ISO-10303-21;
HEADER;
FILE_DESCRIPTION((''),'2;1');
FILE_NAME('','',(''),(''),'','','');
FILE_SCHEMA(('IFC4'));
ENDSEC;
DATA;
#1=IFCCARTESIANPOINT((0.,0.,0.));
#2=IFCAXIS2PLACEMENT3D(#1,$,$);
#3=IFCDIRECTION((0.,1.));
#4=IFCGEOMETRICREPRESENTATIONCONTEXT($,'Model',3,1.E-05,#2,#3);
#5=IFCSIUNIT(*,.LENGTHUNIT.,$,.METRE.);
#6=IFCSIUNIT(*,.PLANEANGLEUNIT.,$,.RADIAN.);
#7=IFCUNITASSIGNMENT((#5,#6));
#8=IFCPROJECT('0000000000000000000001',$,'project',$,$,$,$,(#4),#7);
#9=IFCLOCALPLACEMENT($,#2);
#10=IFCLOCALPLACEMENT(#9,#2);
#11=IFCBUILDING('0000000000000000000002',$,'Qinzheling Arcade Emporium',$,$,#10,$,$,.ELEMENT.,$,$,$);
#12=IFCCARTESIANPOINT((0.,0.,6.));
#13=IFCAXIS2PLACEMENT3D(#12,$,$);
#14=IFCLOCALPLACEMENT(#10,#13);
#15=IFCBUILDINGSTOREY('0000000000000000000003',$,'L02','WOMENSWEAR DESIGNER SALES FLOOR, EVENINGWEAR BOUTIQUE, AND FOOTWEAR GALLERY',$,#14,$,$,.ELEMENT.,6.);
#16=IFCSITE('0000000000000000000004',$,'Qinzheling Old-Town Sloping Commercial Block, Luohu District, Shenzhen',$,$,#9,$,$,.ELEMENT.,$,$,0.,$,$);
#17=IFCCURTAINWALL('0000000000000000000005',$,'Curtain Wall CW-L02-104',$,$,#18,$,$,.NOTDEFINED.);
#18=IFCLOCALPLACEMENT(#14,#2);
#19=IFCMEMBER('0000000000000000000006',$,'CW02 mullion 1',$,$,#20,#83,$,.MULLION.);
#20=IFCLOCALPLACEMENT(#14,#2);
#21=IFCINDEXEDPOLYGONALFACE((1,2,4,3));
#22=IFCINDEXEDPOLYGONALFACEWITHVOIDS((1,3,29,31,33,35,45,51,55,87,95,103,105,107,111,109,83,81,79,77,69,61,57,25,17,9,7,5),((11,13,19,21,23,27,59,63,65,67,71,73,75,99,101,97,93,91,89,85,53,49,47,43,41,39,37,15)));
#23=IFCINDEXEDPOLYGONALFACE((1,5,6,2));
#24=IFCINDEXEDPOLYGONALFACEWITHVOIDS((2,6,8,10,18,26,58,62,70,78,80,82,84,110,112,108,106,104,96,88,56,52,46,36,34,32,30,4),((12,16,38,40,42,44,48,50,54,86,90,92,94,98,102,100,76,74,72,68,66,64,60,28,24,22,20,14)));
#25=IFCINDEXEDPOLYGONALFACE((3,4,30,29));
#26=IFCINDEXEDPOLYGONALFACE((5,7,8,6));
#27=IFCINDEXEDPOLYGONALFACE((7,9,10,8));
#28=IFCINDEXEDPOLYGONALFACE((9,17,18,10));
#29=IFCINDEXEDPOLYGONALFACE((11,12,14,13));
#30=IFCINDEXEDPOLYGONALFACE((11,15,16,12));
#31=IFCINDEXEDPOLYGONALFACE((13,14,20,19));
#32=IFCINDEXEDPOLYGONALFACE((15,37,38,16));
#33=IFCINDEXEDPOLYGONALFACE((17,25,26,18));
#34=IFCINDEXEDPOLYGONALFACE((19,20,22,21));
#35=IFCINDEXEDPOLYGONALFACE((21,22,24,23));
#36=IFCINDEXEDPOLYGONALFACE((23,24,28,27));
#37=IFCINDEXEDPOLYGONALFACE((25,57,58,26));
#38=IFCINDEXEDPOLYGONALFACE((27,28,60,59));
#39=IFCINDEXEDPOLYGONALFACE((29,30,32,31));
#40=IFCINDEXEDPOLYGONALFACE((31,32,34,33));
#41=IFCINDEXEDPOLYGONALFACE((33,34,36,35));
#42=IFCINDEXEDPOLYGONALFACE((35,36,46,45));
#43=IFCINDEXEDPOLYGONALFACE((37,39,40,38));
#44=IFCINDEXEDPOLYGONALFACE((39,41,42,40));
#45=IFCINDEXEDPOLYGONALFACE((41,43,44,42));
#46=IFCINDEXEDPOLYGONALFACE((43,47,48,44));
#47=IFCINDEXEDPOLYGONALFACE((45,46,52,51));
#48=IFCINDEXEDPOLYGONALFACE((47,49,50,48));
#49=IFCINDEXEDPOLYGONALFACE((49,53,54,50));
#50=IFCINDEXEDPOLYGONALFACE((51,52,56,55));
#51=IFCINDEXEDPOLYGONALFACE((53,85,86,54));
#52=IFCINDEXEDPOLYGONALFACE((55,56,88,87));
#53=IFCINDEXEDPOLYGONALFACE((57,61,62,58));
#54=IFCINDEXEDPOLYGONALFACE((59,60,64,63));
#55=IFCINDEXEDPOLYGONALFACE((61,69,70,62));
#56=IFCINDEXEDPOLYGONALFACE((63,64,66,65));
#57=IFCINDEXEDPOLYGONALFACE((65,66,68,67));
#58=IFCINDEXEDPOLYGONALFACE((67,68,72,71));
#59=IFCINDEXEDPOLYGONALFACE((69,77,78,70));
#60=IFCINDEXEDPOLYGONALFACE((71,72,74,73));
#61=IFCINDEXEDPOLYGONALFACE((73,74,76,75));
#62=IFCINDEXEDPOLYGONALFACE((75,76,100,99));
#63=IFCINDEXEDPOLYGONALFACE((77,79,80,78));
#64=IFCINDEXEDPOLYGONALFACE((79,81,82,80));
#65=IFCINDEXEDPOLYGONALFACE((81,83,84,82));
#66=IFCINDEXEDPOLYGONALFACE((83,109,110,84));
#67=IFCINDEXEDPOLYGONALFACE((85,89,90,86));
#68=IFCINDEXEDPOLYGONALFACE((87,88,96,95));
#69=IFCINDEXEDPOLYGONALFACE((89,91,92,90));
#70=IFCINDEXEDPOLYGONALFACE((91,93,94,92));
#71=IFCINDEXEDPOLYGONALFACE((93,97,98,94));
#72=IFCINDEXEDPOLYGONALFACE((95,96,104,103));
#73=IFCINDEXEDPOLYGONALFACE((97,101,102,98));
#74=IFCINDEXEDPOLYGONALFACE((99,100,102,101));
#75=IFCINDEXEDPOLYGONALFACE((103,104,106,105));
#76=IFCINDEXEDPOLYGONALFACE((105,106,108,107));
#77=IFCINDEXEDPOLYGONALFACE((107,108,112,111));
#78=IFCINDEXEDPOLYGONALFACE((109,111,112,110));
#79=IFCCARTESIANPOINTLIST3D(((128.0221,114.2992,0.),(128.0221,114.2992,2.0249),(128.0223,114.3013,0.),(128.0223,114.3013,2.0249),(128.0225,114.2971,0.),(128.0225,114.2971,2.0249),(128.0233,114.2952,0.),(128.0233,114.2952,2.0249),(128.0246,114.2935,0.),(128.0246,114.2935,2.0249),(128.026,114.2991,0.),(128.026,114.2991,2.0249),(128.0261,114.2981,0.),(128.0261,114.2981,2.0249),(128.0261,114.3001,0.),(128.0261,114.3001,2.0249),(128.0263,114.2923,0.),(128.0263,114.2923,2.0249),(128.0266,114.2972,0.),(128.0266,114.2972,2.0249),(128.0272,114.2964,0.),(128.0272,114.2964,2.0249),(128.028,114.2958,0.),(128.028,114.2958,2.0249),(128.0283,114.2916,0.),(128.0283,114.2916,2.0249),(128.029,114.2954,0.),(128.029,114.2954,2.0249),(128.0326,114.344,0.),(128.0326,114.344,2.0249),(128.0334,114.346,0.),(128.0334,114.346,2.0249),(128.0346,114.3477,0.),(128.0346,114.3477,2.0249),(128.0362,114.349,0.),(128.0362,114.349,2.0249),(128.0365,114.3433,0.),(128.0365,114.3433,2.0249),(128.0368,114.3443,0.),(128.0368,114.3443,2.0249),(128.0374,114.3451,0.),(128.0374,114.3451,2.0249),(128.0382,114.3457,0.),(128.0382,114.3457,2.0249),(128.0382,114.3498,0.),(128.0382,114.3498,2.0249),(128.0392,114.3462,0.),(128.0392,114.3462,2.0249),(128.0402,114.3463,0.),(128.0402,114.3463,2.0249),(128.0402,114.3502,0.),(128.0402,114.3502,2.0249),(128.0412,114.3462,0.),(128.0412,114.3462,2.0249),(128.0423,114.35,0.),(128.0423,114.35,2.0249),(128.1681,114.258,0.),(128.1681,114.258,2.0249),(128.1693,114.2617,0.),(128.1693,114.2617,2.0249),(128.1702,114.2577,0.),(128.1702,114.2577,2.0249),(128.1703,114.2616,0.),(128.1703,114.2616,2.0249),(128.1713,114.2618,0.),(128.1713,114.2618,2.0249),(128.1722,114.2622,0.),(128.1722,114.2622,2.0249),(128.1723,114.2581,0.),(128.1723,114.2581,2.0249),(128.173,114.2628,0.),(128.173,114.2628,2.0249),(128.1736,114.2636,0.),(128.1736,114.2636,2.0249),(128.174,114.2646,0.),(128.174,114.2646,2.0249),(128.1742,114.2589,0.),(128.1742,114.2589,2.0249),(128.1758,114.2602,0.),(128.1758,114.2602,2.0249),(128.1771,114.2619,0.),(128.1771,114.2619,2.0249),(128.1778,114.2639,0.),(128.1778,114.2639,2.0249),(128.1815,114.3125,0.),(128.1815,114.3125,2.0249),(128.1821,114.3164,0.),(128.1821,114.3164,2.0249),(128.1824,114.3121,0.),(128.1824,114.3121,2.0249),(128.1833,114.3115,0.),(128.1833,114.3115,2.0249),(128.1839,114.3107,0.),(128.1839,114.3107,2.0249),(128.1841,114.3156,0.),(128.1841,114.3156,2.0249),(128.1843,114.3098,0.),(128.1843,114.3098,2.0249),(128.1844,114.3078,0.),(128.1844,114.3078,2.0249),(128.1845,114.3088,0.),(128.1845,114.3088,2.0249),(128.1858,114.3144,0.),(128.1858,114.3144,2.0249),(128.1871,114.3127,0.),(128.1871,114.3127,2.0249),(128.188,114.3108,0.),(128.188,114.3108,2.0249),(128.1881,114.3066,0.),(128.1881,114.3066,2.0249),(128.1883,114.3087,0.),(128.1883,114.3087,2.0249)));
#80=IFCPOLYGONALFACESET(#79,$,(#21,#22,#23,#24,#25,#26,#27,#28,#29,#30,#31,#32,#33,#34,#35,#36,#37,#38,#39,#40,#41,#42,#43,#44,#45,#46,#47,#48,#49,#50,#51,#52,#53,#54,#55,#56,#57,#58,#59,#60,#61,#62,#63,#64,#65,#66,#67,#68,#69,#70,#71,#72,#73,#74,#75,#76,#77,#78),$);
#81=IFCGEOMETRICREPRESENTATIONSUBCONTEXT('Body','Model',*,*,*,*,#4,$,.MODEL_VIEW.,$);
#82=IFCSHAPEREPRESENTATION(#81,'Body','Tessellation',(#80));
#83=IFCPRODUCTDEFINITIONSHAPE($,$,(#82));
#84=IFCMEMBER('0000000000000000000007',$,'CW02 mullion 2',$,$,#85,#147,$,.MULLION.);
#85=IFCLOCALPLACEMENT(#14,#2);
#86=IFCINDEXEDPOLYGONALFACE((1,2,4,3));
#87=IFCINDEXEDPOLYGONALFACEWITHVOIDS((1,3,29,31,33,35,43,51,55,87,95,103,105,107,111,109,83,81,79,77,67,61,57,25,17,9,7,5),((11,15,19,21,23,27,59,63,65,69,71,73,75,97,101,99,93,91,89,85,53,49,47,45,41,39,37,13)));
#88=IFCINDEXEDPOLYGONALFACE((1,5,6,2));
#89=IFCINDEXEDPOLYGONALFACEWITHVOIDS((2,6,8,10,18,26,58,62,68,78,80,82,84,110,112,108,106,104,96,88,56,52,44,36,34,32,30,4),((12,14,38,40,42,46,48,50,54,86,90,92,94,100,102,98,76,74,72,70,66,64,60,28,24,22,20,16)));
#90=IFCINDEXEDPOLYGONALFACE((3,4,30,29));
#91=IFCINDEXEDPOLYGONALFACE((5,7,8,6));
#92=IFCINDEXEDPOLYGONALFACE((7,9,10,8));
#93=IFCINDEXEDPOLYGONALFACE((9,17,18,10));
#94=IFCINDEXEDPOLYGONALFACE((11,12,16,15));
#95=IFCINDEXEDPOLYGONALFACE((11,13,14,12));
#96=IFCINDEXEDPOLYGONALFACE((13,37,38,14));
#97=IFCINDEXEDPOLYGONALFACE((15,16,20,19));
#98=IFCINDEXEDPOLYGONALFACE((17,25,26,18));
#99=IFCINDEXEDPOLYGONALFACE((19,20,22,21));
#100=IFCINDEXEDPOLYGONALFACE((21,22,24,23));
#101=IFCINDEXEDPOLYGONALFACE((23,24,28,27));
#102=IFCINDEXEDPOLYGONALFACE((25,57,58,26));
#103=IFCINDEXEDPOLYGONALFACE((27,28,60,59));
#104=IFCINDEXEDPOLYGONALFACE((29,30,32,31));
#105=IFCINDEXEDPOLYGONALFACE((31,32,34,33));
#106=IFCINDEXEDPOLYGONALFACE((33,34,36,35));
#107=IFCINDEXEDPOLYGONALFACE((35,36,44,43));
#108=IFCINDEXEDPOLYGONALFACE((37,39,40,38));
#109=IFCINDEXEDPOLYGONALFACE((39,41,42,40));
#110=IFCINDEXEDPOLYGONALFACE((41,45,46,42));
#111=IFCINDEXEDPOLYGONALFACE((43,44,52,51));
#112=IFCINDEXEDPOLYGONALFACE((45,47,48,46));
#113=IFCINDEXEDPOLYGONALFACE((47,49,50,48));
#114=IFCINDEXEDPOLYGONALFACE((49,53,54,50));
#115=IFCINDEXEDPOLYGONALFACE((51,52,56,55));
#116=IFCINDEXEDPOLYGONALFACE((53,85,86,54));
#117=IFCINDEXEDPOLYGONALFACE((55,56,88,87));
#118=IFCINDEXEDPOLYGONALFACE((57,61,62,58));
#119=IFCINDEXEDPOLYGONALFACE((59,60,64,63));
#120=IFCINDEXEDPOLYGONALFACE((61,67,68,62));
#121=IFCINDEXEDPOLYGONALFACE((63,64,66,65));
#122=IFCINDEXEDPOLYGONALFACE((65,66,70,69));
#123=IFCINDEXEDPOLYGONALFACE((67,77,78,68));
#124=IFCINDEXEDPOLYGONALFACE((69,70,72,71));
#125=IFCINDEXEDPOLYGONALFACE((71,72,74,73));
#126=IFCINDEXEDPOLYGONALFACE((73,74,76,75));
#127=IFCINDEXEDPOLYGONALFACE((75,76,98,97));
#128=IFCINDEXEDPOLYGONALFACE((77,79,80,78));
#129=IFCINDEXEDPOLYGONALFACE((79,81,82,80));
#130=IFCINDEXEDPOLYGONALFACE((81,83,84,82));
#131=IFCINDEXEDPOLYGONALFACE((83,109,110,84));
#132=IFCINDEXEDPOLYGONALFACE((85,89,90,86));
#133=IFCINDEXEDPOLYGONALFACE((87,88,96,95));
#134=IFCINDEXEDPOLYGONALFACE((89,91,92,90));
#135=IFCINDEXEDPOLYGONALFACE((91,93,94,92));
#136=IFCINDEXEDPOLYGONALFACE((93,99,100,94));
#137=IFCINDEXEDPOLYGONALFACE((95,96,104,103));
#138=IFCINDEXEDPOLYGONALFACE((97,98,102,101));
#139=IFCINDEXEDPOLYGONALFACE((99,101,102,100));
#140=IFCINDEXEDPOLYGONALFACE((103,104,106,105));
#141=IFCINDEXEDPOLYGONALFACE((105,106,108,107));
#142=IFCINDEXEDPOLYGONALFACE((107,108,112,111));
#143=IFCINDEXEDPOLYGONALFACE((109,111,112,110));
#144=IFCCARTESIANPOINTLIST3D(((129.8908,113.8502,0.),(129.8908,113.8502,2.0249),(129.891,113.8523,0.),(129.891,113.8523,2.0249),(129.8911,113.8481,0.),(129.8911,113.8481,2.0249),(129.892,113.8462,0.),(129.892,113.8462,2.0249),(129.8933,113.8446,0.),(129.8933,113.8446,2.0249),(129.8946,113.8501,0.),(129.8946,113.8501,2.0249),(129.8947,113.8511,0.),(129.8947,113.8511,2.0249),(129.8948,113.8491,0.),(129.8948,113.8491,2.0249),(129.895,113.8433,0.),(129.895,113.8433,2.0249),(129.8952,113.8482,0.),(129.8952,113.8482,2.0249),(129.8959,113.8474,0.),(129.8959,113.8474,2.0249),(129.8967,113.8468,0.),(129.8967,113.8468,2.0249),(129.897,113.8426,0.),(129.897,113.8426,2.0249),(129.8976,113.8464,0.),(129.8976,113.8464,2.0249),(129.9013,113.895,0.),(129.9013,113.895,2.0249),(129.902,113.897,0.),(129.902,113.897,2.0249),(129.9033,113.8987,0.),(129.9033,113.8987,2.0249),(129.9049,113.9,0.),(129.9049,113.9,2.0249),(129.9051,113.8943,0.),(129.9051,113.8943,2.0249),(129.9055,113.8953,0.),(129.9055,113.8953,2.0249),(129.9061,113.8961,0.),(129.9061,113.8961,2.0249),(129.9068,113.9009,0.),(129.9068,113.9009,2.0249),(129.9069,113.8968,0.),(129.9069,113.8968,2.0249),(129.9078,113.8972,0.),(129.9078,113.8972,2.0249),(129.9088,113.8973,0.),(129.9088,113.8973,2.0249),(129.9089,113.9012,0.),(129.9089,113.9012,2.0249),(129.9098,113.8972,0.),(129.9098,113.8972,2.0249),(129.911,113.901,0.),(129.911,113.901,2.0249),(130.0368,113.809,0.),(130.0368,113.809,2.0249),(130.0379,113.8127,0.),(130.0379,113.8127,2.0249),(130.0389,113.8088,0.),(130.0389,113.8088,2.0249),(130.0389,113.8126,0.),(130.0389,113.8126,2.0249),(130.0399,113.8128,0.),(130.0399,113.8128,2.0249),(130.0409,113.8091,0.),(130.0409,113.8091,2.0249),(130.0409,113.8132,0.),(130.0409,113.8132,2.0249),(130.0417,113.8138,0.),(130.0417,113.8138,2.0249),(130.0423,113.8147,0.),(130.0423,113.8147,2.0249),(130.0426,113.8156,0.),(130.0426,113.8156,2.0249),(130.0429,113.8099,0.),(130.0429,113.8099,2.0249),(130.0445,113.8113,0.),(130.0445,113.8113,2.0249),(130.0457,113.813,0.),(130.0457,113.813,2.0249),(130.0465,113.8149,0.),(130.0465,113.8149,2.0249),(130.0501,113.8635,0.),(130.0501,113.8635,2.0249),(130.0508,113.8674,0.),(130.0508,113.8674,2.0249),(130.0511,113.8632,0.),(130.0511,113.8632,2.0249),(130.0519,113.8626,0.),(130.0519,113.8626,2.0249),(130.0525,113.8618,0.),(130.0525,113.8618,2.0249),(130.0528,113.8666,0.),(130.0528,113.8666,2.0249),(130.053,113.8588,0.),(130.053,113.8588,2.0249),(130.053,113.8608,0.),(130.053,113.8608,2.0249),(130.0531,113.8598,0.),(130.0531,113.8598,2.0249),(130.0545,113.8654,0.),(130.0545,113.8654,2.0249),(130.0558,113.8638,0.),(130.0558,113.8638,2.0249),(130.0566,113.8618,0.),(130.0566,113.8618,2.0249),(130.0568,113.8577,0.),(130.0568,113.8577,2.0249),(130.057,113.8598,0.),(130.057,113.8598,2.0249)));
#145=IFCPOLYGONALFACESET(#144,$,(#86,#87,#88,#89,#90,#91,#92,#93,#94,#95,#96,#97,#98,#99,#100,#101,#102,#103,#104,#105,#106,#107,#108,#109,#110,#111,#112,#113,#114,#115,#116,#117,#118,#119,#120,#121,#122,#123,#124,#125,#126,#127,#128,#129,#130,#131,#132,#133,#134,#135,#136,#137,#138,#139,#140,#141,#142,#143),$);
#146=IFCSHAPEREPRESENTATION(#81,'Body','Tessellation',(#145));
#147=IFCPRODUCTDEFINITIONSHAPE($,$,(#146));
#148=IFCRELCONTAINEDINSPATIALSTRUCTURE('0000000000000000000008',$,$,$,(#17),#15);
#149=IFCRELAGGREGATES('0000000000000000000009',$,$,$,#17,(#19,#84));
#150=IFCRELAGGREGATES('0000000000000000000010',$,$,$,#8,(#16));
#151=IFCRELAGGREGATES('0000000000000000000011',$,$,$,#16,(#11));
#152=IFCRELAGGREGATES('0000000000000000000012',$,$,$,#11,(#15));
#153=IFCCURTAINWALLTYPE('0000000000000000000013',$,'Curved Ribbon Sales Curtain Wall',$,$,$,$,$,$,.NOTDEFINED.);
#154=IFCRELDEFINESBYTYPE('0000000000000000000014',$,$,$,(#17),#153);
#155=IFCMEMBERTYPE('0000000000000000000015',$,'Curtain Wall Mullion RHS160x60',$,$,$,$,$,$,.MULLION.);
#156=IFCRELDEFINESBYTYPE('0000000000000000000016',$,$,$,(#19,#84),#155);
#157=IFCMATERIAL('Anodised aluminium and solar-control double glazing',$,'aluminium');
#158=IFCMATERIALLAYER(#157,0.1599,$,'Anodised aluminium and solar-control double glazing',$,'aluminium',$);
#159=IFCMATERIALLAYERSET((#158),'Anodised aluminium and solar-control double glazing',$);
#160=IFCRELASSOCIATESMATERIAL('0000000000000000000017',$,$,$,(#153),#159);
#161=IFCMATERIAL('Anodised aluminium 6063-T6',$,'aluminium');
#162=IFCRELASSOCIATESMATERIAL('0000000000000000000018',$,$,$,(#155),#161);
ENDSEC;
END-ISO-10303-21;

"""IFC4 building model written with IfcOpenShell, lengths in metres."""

from ifc_helpers import new_model, si_unit, direction, frame, origin, origin_2d, place, context, subcontext, project, spatial, hollow_rectangle, extrude, material, layer, layer_set, material_profile, profile_set, type_object, element, aggregate, save


model = new_model("IFC4")

# Units and contexts
model_context = context("Model", 3, precision=1e-05, world=origin(), true_north=direction((0.0, 1.0)))
body_context = subcontext(model_context, "Body", "Model", "MODEL_VIEW")
ifc_project = project(units=[si_unit("LENGTHUNIT", "METRE"), si_unit("PLANEANGLEUNIT", "RADIAN")], contexts=[model_context])

# Site, building, storey
site_placement = place(None, origin())
site = spatial("IfcSite", under=ifc_project, at=site_placement, Name="Qinzheling Old-Town Sloping Commercial Block, Luohu District, Shenzhen", CompositionType="ELEMENT", RefElevation=0.0)
building_placement = place(site_placement, origin())
building = spatial("IfcBuilding", under=site, at=building_placement, Name="Qinzheling Arcade Emporium", CompositionType="ELEMENT")
storey_placement = place(building_placement, frame((0.0, 0.0, 6.0)))
storey = spatial("IfcBuildingStorey", under=building, at=storey_placement, Name="L02", Description="WOMENSWEAR DESIGNER SALES FLOOR, EVENINGWEAR BOUTIQUE, AND FOOTWEAR GALLERY", CompositionType="ELEMENT", Elevation=6.0)

# Shared definitions
ifc_material_1 = material(Name="Anodised aluminium and solar-control double glazing", Category="aluminium")
ifc_layer_1 = layer(ifc_material_1, 0.1599, Name="Anodised aluminium and solar-control double glazing", Category="aluminium")
ifc_layer_set_1 = layer_set([ifc_layer_1], Name="Anodised aluminium and solar-control double glazing")
curtain_wall_type = type_object("IfcCurtainWallType", Name="Curved Ribbon Sales Curtain Wall", PredefinedType="NOTDEFINED", material=ifc_layer_set_1)
ifc_material_2 = material(Name="Anodised aluminium 6063-T6", Category="aluminium")
ifc_material_profile_1 = material_profile(ifc_material_2, hollow_rectangle(XDim=0.0601, YDim=0.1599, WallThickness=0.0039, InnerFilletRadius=0.0039, OuterFilletRadius=0.0081, at=origin_2d()), Name="RHS 160x60x4", Category="aluminium")
ifc_profile_set_1 = profile_set([ifc_material_profile_1], Name="Anodised aluminium 6063-T6")
member_type_1 = type_object("IfcMemberType", Name="Curtain Wall Mullion RHS160x60", PredefinedType="MULLION", material=ifc_profile_set_1)

# Curtain wall, members
curtain_wall_1_placement = place(storey_placement, origin())
curtain_wall_1 = element("IfcCurtainWall", 1, at=curtain_wall_1_placement, inside=storey, type_object=curtain_wall_type, Name="Curtain Wall CW-L02-104", PredefinedType="NOTDEFINED")
member_1_placement = place(storey_placement, frame((128.1052, 114.304, 0.0), z_axis=(0.0, 0.0, 1.0), x_axis=(0.233621, 0.972328, 0.0)))
member_1 = element("IfcMember", 2, at=member_1_placement, type_object=member_type_1, Name="CW02 mullion 1", PredefinedType="MULLION", context=body_context, shape_type="SweptSolid", body=[
    extrude(hollow_rectangle(XDim=0.0601, YDim=0.1599, WallThickness=0.0039, InnerFilletRadius=0.0039, OuterFilletRadius=0.0081, at=origin_2d()), origin(), (0.0, 0.0, 1.0), 2.0249),
])
member_2_placement = place(storey_placement, frame((129.9739, 113.855, 0.0), z_axis=(0.0, 0.0, 1.0), x_axis=(0.233621, 0.972328, 0.0)))
member_2 = element("IfcMember", 3, at=member_2_placement, type_object=member_type_1, Name="CW02 mullion 2", PredefinedType="MULLION", context=body_context, shape_type="SweptSolid", body=[
    extrude(hollow_rectangle(XDim=0.0601, YDim=0.1599, WallThickness=0.0039, InnerFilletRadius=0.0039, OuterFilletRadius=0.0081, at=origin_2d()), origin(), (0.0, 0.0, 1.0), 2.0249),
])

aggregate(curtain_wall_1, [member_1, member_2])

save(model, "model.ifc")
